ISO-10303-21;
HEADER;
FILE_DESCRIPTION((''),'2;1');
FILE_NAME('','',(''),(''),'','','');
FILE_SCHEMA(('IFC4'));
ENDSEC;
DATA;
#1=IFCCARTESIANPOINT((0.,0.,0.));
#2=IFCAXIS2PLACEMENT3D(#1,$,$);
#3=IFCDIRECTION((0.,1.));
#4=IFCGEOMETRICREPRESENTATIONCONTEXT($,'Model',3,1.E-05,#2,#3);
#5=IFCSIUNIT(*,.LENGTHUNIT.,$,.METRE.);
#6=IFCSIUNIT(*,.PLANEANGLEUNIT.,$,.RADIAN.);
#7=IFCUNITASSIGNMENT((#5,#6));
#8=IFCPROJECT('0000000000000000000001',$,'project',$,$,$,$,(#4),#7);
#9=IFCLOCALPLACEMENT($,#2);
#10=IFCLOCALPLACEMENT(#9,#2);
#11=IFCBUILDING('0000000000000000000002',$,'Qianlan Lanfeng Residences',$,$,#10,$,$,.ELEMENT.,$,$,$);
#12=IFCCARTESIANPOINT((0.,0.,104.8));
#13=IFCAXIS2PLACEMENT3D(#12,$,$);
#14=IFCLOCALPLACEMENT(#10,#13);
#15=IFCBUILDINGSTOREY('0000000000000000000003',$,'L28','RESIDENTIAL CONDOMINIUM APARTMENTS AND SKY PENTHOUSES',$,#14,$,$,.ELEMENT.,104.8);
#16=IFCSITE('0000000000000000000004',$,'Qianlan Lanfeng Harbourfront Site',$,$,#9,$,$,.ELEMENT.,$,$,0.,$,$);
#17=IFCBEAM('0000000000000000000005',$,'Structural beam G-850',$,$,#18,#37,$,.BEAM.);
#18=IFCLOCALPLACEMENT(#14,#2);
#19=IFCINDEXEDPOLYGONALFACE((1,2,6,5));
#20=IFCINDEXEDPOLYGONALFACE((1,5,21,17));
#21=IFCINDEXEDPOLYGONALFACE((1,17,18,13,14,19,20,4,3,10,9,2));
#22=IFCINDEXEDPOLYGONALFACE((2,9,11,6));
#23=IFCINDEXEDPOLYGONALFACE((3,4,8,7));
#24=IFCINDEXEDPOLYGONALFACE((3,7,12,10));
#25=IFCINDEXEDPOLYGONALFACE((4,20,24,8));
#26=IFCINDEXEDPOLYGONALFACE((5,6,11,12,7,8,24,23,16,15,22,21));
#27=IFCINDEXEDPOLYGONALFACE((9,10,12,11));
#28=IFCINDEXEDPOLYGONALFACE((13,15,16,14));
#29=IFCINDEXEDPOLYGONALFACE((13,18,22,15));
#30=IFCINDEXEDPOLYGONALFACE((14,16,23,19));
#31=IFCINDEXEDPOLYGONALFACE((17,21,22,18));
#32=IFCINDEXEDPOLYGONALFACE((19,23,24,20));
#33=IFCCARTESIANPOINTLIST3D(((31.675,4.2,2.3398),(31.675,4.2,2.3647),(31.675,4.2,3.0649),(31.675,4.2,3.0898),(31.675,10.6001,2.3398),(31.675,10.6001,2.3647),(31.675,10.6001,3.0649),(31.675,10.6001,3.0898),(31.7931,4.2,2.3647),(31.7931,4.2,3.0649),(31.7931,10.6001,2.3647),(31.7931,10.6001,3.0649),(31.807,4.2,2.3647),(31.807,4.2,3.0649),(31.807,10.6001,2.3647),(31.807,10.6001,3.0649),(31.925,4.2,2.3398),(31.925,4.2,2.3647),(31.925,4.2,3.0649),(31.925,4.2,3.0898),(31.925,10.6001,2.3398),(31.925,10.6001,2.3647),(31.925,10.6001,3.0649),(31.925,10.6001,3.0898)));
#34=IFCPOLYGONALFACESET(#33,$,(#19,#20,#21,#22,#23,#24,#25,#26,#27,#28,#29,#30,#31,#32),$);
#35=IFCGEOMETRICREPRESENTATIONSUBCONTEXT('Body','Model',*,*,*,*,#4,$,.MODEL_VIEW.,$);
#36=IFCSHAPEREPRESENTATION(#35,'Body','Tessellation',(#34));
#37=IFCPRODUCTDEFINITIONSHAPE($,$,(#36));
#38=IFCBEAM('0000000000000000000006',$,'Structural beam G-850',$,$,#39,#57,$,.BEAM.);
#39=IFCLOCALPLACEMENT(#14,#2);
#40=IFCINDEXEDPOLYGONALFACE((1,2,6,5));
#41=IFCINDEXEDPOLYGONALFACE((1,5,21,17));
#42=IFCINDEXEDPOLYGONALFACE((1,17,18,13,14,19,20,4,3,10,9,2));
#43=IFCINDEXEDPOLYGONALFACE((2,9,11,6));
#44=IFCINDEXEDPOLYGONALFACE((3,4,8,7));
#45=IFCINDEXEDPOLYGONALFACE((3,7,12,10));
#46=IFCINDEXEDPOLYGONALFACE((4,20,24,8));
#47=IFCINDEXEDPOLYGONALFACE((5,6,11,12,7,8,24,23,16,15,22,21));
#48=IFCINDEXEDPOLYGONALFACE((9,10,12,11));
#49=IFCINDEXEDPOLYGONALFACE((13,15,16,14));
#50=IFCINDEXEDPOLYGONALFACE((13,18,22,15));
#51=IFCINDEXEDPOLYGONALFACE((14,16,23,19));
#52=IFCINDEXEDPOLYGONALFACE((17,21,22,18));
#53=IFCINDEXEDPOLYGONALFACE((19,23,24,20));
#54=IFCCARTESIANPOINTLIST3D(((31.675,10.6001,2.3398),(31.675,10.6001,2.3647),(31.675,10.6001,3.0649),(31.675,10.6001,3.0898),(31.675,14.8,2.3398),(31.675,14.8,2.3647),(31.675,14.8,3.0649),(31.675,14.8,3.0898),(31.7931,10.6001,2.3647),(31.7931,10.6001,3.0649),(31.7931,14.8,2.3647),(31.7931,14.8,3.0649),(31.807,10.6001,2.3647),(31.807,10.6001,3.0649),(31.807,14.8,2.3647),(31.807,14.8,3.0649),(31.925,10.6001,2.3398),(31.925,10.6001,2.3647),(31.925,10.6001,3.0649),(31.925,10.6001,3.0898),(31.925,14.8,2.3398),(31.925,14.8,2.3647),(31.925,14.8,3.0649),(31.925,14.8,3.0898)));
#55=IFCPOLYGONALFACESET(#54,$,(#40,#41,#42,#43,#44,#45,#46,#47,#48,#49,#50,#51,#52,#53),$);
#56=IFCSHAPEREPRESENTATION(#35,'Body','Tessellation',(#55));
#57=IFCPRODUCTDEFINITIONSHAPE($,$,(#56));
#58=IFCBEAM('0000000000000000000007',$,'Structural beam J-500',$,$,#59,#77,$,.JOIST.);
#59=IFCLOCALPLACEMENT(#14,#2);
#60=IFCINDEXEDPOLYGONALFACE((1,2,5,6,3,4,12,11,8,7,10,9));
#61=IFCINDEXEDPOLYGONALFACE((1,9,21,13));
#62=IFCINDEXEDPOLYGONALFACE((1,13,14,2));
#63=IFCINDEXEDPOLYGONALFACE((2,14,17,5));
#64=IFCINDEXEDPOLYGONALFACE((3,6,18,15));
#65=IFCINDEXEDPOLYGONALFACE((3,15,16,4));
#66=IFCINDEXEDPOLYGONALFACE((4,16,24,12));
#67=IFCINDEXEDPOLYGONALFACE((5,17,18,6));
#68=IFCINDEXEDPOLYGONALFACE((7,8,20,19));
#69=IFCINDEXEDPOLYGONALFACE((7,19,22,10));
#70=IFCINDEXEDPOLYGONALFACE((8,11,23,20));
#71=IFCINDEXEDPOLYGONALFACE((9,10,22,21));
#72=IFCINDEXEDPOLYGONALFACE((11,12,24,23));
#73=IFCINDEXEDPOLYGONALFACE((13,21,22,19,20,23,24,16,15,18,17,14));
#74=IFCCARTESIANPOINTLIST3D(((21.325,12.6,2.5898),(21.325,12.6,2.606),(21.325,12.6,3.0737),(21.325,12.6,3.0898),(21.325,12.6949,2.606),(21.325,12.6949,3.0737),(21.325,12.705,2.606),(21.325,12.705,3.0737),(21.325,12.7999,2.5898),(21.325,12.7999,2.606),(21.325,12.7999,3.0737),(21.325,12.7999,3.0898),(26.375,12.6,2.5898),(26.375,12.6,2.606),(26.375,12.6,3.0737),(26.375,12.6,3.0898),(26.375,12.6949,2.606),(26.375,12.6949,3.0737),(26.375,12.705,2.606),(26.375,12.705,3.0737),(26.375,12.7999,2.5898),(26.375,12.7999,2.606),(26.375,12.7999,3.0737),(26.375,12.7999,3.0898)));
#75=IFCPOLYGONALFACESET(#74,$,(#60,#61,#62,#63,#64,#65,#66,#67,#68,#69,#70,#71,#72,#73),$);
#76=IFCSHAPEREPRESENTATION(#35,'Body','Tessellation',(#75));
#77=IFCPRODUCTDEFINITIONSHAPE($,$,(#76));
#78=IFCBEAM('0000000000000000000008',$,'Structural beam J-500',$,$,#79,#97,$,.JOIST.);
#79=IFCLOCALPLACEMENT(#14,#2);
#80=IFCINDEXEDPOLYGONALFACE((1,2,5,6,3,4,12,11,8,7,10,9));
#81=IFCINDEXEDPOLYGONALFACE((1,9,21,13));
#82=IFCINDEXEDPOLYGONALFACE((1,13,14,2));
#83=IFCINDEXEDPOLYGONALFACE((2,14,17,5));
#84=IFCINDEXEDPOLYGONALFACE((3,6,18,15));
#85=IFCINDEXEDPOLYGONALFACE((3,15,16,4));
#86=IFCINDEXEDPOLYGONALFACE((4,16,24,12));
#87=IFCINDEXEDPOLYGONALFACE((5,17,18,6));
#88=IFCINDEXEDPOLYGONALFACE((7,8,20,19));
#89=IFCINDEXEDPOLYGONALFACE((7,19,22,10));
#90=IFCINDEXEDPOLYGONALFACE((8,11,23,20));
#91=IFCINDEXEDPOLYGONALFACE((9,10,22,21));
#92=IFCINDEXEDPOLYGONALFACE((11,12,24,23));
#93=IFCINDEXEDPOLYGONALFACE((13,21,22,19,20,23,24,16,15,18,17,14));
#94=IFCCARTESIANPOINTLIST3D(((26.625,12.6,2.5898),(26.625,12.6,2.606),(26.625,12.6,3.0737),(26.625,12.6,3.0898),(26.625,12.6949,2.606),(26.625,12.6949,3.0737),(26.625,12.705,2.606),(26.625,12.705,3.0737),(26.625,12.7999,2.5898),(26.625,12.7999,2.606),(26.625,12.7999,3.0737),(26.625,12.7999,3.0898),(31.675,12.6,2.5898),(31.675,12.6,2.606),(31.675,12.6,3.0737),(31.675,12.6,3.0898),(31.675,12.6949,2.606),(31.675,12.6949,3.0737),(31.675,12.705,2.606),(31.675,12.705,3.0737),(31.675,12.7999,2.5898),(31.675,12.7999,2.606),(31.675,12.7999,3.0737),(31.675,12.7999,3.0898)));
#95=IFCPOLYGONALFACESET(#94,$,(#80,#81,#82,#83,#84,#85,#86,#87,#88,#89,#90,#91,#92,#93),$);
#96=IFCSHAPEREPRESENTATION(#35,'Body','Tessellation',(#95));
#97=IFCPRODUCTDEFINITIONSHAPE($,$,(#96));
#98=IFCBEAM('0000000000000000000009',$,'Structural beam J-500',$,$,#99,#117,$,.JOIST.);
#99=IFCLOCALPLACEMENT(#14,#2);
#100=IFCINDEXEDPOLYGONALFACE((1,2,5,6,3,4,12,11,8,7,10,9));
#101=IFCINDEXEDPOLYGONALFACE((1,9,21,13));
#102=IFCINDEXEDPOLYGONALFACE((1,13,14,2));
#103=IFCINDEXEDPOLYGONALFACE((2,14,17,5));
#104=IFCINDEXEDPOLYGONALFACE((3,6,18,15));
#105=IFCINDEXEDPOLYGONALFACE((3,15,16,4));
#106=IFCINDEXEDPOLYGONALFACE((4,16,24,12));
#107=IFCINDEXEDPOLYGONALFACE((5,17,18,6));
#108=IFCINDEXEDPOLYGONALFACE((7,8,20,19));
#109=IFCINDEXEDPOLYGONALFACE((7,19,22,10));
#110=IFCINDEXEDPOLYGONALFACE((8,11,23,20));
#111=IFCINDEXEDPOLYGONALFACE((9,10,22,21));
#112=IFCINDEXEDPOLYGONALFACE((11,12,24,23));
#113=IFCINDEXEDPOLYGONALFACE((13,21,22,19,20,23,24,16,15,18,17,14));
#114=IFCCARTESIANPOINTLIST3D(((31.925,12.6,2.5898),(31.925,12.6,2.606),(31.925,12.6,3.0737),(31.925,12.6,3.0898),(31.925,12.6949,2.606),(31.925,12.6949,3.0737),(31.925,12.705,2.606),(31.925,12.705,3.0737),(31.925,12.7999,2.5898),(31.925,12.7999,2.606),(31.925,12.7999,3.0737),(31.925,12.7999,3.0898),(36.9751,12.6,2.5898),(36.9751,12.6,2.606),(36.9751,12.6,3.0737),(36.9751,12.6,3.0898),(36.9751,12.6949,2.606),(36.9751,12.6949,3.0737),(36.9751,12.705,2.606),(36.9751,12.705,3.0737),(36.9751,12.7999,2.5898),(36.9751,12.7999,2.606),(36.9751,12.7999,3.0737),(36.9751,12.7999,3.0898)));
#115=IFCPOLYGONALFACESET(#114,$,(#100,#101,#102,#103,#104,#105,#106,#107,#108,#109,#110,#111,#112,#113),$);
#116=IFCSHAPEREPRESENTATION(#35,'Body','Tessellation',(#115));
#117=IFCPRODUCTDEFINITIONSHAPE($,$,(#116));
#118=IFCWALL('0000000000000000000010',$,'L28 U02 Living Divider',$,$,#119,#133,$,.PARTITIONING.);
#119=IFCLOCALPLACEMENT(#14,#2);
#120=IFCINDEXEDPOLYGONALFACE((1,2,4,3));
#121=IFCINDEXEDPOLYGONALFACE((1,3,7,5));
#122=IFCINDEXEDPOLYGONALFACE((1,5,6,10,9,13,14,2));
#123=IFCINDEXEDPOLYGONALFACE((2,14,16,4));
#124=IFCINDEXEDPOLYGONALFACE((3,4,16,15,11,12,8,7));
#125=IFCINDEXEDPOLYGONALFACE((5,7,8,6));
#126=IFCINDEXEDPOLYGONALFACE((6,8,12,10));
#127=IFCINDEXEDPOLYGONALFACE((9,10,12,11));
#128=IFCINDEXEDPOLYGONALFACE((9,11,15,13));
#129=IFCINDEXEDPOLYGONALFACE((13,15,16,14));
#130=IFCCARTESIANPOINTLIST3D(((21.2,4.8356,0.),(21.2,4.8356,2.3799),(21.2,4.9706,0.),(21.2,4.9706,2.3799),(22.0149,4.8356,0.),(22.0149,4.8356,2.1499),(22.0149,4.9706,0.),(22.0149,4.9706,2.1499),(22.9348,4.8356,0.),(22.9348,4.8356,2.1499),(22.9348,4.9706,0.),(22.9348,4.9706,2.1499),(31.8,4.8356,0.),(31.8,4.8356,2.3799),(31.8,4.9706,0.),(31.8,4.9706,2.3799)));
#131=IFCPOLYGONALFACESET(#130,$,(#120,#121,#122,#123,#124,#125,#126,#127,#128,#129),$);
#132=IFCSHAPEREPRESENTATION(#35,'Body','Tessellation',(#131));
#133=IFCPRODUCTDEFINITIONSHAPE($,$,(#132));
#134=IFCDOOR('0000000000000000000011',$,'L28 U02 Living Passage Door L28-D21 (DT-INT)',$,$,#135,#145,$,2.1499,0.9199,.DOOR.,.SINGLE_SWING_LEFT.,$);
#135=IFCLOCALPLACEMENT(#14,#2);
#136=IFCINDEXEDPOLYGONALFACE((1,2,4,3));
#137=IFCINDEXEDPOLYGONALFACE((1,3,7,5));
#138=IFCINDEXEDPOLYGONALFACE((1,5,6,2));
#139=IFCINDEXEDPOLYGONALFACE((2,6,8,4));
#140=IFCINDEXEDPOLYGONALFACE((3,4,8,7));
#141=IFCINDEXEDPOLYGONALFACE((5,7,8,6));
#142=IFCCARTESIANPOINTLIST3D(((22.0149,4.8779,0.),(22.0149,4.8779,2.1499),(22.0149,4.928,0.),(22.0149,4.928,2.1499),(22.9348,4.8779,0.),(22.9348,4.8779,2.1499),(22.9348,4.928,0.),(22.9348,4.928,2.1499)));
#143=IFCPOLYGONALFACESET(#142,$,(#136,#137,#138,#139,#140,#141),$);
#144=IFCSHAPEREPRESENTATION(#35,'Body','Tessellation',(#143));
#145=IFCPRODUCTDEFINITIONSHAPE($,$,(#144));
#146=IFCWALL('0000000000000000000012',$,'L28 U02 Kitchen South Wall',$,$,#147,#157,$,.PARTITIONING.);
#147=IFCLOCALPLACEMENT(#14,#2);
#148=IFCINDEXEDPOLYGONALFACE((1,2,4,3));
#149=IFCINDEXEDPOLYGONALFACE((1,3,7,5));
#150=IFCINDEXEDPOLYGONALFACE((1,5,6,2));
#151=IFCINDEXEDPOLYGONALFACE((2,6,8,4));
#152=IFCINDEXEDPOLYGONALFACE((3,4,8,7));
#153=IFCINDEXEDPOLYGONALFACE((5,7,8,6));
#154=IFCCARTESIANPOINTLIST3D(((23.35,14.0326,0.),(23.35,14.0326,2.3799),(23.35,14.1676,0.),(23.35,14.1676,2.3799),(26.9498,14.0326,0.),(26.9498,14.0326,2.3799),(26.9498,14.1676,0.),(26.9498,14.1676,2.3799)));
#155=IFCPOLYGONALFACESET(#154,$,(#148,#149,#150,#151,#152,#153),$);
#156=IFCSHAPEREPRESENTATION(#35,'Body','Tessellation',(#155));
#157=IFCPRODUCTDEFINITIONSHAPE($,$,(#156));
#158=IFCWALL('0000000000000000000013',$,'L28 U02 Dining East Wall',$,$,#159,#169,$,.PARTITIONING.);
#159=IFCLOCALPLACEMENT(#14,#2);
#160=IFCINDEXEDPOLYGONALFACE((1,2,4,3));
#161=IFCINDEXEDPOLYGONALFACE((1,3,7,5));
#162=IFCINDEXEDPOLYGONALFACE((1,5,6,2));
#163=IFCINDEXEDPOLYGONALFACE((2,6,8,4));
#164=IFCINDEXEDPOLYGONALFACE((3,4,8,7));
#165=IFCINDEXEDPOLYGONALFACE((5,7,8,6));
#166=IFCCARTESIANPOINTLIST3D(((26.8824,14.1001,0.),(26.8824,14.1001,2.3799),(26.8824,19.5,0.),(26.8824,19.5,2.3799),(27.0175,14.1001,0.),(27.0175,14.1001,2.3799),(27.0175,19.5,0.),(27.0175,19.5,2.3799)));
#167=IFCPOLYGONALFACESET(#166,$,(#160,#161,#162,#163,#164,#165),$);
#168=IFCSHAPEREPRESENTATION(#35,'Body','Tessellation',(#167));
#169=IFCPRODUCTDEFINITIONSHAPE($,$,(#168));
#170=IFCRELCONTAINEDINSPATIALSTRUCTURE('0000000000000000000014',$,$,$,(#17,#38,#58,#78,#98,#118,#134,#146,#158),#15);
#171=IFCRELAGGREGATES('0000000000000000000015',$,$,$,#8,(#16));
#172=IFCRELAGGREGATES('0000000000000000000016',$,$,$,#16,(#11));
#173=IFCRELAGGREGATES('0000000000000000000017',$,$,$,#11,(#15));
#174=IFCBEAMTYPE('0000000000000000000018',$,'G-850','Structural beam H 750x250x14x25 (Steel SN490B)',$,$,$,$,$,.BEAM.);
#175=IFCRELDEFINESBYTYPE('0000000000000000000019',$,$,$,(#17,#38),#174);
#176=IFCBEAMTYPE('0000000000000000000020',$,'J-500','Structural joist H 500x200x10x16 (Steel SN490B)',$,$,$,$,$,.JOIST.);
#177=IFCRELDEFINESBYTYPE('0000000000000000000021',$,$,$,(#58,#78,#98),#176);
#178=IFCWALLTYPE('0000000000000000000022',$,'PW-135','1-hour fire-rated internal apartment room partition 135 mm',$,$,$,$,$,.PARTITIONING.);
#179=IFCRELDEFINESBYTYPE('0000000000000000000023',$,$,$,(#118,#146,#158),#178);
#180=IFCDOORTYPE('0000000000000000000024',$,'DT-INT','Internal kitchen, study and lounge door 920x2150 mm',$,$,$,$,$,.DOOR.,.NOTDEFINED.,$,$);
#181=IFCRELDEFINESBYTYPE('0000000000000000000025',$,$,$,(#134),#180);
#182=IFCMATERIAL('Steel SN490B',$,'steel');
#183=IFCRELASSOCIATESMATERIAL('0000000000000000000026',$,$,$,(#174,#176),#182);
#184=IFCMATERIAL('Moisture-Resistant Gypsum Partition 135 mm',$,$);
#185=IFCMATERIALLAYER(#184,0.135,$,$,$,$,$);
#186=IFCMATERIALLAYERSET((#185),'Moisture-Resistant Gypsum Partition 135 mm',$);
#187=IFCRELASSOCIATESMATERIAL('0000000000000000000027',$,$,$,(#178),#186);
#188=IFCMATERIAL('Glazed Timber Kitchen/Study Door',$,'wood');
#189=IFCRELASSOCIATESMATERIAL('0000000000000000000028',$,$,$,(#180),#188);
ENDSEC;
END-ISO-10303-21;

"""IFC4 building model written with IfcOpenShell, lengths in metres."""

from ifc_helpers import new_model, si_unit, direction, frame, frame_2d, origin, origin_2d, place, context, subcontext, project, spatial, rectangle, i_section, extrude, material, layer, layer_set, material_profile, profile_set, type_object, element, fill, save


model = new_model("IFC4")

# Units and contexts
model_context = context("Model", 3, precision=1e-05, world=origin(), true_north=direction((0.0, 1.0)))
body_context = subcontext(model_context, "Body", "Model", "MODEL_VIEW")
ifc_project = project(units=[si_unit("LENGTHUNIT", "METRE"), si_unit("PLANEANGLEUNIT", "RADIAN")], contexts=[model_context])

# Site, building, storey
site_placement = place(None, origin())
site = spatial("IfcSite", under=ifc_project, at=site_placement, Name="Qianlan Lanfeng Harbourfront Site", CompositionType="ELEMENT", RefElevation=0.0)
building_placement = place(site_placement, origin())
building = spatial("IfcBuilding", under=site, at=building_placement, Name="Qianlan Lanfeng Residences", CompositionType="ELEMENT")
storey_placement = place(building_placement, frame((0.0, 0.0, 104.8)))
storey = spatial("IfcBuildingStorey", under=building, at=storey_placement, Name="L28", Description="RESIDENTIAL CONDOMINIUM APARTMENTS AND SKY PENTHOUSES", CompositionType="ELEMENT", Elevation=104.8)

# Shared definitions
ifc_material_1 = material(Name="Steel SN490B", Category="steel")

# Beams
ifc_material_profile_1 = material_profile(ifc_material_1, i_section(OverallWidth=0.25, OverallDepth=0.75, WebThickness=0.0139, FlangeThickness=0.0249, at=origin_2d()), Name="H 750x250x14x25")
ifc_profile_set_1 = profile_set([ifc_material_profile_1], Name="Steel SN490B")
beam_type_1 = type_object("IfcBeamType", Name="G-850", Description="Structural beam H 750x250x14x25 (Steel SN490B)", PredefinedType="BEAM", material=ifc_profile_set_1)
beam_1_placement = place(storey_placement, frame((31.8, 4.2, 2.7148), z_axis=(0.0, 1.0, 0.0), x_axis=(-1.0, 0.0, 0.0)))
element("IfcBeam", 1, at=beam_1_placement, inside=storey, type_object=beam_type_1, Name="Structural beam G-850", PredefinedType="BEAM", context=body_context, shape_type="SweptSolid", body=[
    extrude(i_section(OverallWidth=0.25, OverallDepth=0.75, WebThickness=0.0139, FlangeThickness=0.0249, at=origin_2d()), origin(), (0.0, 0.0, 1.0), 6.4001),
])
beam_2_placement = place(storey_placement, frame((31.8, 10.6001, 2.7148), z_axis=(0.0, 1.0, 0.0), x_axis=(-1.0, 0.0, 0.0)))
element("IfcBeam", 2, at=beam_2_placement, inside=storey, type_object=beam_type_1, Name="Structural beam G-850", PredefinedType="BEAM", context=body_context, shape_type="SweptSolid", body=[
    extrude(i_section(OverallWidth=0.25, OverallDepth=0.75, WebThickness=0.0139, FlangeThickness=0.0249, at=origin_2d()), origin(), (0.0, 0.0, 1.0), 4.2),
])
ifc_material_profile_2 = material_profile(ifc_material_1, i_section(OverallWidth=0.2, OverallDepth=0.5, WebThickness=0.01, FlangeThickness=0.0161, at=origin_2d()), Name="H 500x200x10x16")
ifc_profile_set_2 = profile_set([ifc_material_profile_2], Name="Steel SN490B")
beam_type_2 = type_object("IfcBeamType", Name="J-500", Description="Structural joist H 500x200x10x16 (Steel SN490B)", PredefinedType="JOIST", material=ifc_profile_set_2)
for number, where, z_axis, x_axis, name in (
    (3, (21.325, 12.7, 2.8398), (1.0, 0.0, 0.0), (0.0, 1.0, 0.0), "Structural beam J-500"),
    (4, (26.625, 12.7, 2.8398), (1.0, 0.0, 0.0), (0.0, 1.0, 0.0), "Structural beam J-500"),
    (5, (31.925, 12.7, 2.8398), (1.0, 0.0, 0.0), (0.0, 1.0, 0.0), "Structural beam J-500"),
):
    element("IfcBeam", number, at=place(storey_placement, frame(where, z_axis=z_axis, x_axis=x_axis)), inside=storey, type_object=beam_type_2, Name=name, PredefinedType="JOIST", context=body_context, shape_type="SweptSolid", body=[
        extrude(i_section(OverallWidth=0.2, OverallDepth=0.5, WebThickness=0.01, FlangeThickness=0.0161, at=origin_2d()), origin(), (0.0, 0.0, 1.0), 5.05),
    ])

# Wall, opening, door
ifc_material_2 = material(Name="Moisture-Resistant Gypsum Partition 135 mm")
ifc_layer = layer(ifc_material_2, 0.135)
ifc_layer_set = layer_set([ifc_layer], Name="Moisture-Resistant Gypsum Partition 135 mm")
wall_type = type_object("IfcWallType", Name="PW-135", Description="1-hour fire-rated internal apartment room partition 135 mm", PredefinedType="PARTITIONING", material=ifc_layer_set)
wall_1_placement = place(storey_placement, frame((21.2, 4.9031, 0.0), z_axis=(0.0, 0.0, 1.0), x_axis=(1.0, 0.0, 0.0)))
wall_1 = element("IfcWall", 6, at=wall_1_placement, inside=storey, type_object=wall_type, Name="L28 U02 Living Divider", PredefinedType="PARTITIONING", context=body_context, shape_type="SweptSolid", body=[
    extrude(rectangle(XDim=10.6001, YDim=0.135, at=frame_2d((5.3, 0.0))), origin(), (0.0, 0.0, 1.0), 2.3799),
])
opening_1_placement = place(wall_1_placement, frame((0.8149, 0.0, 0.0)))
opening_1 = element("IfcOpeningElement", 7, at=opening_1_placement, cuts=wall_1, PredefinedType="OPENING", context=body_context, shape_type="SweptSolid", body=[
    extrude(rectangle(XDim=0.9199, YDim=2.1499, at=frame_2d((0.46, 1.075))), frame((0.0, 0.0776, 0.0), z_axis=(0.0, -1.0, 0.0), x_axis=(1.0, 0.0, 0.0)), (0.0, 0.0, 1.0), 0.155),
])
ifc_material_3 = material(Name="Glazed Timber Kitchen/Study Door", Category="wood")
door_type_1 = type_object("IfcDoorType", Name="DT-INT", Description="Internal kitchen, study and lounge door 920x2150 mm", OperationType="NOTDEFINED", PredefinedType="DOOR", material=ifc_material_3)
door_1_placement = place(opening_1_placement, origin())
door_1 = element("IfcDoor", 8, at=door_1_placement, inside=storey, type_object=door_type_1, Name="L28 U02 Living Passage Door L28-D21 (DT-INT)", OperationType="SINGLE_SWING_LEFT", OverallHeight=2.1499, OverallWidth=0.9199, PredefinedType="DOOR", context=body_context, shape_type="SweptSolid", body=[
    extrude(rectangle(XDim=0.9199, YDim=2.1499, at=frame_2d((0.46, 1.075))), frame((0.0, 0.0249, 0.0), z_axis=(0.0, -1.0, 0.0), x_axis=(1.0, 0.0, 0.0)), (0.0, 0.0, 1.0), 0.05),
])
fill(opening_1, door_1)

# Walls
wall_2_placement = place(storey_placement, frame((23.3501, 14.1001, 0.0), z_axis=(0.0, 0.0, 1.0), x_axis=(1.0, 0.0, 0.0)))
element("IfcWall", 9, at=wall_2_placement, inside=storey, type_object=wall_type, Name="L28 U02 Kitchen South Wall", PredefinedType="PARTITIONING", context=body_context, shape_type="SweptSolid", body=[
    extrude(rectangle(XDim=3.5999, YDim=0.135, at=frame_2d((1.7998, 0.0))), origin(), (0.0, 0.0, 1.0), 2.3799),
])
wall_3_placement = place(storey_placement, frame((26.95, 14.1001, 0.0), z_axis=(0.0, 0.0, 1.0), x_axis=(0.0, 1.0, 0.0)))
element("IfcWall", 10, at=wall_3_placement, inside=storey, type_object=wall_type, Name="L28 U02 Dining East Wall", PredefinedType="PARTITIONING", context=body_context, shape_type="SweptSolid", body=[
    extrude(rectangle(XDim=5.3999, YDim=0.135, at=frame_2d((2.7, 0.0))), origin(), (0.0, 0.0, 1.0), 2.3799),
])

save(model, "model.ifc")
